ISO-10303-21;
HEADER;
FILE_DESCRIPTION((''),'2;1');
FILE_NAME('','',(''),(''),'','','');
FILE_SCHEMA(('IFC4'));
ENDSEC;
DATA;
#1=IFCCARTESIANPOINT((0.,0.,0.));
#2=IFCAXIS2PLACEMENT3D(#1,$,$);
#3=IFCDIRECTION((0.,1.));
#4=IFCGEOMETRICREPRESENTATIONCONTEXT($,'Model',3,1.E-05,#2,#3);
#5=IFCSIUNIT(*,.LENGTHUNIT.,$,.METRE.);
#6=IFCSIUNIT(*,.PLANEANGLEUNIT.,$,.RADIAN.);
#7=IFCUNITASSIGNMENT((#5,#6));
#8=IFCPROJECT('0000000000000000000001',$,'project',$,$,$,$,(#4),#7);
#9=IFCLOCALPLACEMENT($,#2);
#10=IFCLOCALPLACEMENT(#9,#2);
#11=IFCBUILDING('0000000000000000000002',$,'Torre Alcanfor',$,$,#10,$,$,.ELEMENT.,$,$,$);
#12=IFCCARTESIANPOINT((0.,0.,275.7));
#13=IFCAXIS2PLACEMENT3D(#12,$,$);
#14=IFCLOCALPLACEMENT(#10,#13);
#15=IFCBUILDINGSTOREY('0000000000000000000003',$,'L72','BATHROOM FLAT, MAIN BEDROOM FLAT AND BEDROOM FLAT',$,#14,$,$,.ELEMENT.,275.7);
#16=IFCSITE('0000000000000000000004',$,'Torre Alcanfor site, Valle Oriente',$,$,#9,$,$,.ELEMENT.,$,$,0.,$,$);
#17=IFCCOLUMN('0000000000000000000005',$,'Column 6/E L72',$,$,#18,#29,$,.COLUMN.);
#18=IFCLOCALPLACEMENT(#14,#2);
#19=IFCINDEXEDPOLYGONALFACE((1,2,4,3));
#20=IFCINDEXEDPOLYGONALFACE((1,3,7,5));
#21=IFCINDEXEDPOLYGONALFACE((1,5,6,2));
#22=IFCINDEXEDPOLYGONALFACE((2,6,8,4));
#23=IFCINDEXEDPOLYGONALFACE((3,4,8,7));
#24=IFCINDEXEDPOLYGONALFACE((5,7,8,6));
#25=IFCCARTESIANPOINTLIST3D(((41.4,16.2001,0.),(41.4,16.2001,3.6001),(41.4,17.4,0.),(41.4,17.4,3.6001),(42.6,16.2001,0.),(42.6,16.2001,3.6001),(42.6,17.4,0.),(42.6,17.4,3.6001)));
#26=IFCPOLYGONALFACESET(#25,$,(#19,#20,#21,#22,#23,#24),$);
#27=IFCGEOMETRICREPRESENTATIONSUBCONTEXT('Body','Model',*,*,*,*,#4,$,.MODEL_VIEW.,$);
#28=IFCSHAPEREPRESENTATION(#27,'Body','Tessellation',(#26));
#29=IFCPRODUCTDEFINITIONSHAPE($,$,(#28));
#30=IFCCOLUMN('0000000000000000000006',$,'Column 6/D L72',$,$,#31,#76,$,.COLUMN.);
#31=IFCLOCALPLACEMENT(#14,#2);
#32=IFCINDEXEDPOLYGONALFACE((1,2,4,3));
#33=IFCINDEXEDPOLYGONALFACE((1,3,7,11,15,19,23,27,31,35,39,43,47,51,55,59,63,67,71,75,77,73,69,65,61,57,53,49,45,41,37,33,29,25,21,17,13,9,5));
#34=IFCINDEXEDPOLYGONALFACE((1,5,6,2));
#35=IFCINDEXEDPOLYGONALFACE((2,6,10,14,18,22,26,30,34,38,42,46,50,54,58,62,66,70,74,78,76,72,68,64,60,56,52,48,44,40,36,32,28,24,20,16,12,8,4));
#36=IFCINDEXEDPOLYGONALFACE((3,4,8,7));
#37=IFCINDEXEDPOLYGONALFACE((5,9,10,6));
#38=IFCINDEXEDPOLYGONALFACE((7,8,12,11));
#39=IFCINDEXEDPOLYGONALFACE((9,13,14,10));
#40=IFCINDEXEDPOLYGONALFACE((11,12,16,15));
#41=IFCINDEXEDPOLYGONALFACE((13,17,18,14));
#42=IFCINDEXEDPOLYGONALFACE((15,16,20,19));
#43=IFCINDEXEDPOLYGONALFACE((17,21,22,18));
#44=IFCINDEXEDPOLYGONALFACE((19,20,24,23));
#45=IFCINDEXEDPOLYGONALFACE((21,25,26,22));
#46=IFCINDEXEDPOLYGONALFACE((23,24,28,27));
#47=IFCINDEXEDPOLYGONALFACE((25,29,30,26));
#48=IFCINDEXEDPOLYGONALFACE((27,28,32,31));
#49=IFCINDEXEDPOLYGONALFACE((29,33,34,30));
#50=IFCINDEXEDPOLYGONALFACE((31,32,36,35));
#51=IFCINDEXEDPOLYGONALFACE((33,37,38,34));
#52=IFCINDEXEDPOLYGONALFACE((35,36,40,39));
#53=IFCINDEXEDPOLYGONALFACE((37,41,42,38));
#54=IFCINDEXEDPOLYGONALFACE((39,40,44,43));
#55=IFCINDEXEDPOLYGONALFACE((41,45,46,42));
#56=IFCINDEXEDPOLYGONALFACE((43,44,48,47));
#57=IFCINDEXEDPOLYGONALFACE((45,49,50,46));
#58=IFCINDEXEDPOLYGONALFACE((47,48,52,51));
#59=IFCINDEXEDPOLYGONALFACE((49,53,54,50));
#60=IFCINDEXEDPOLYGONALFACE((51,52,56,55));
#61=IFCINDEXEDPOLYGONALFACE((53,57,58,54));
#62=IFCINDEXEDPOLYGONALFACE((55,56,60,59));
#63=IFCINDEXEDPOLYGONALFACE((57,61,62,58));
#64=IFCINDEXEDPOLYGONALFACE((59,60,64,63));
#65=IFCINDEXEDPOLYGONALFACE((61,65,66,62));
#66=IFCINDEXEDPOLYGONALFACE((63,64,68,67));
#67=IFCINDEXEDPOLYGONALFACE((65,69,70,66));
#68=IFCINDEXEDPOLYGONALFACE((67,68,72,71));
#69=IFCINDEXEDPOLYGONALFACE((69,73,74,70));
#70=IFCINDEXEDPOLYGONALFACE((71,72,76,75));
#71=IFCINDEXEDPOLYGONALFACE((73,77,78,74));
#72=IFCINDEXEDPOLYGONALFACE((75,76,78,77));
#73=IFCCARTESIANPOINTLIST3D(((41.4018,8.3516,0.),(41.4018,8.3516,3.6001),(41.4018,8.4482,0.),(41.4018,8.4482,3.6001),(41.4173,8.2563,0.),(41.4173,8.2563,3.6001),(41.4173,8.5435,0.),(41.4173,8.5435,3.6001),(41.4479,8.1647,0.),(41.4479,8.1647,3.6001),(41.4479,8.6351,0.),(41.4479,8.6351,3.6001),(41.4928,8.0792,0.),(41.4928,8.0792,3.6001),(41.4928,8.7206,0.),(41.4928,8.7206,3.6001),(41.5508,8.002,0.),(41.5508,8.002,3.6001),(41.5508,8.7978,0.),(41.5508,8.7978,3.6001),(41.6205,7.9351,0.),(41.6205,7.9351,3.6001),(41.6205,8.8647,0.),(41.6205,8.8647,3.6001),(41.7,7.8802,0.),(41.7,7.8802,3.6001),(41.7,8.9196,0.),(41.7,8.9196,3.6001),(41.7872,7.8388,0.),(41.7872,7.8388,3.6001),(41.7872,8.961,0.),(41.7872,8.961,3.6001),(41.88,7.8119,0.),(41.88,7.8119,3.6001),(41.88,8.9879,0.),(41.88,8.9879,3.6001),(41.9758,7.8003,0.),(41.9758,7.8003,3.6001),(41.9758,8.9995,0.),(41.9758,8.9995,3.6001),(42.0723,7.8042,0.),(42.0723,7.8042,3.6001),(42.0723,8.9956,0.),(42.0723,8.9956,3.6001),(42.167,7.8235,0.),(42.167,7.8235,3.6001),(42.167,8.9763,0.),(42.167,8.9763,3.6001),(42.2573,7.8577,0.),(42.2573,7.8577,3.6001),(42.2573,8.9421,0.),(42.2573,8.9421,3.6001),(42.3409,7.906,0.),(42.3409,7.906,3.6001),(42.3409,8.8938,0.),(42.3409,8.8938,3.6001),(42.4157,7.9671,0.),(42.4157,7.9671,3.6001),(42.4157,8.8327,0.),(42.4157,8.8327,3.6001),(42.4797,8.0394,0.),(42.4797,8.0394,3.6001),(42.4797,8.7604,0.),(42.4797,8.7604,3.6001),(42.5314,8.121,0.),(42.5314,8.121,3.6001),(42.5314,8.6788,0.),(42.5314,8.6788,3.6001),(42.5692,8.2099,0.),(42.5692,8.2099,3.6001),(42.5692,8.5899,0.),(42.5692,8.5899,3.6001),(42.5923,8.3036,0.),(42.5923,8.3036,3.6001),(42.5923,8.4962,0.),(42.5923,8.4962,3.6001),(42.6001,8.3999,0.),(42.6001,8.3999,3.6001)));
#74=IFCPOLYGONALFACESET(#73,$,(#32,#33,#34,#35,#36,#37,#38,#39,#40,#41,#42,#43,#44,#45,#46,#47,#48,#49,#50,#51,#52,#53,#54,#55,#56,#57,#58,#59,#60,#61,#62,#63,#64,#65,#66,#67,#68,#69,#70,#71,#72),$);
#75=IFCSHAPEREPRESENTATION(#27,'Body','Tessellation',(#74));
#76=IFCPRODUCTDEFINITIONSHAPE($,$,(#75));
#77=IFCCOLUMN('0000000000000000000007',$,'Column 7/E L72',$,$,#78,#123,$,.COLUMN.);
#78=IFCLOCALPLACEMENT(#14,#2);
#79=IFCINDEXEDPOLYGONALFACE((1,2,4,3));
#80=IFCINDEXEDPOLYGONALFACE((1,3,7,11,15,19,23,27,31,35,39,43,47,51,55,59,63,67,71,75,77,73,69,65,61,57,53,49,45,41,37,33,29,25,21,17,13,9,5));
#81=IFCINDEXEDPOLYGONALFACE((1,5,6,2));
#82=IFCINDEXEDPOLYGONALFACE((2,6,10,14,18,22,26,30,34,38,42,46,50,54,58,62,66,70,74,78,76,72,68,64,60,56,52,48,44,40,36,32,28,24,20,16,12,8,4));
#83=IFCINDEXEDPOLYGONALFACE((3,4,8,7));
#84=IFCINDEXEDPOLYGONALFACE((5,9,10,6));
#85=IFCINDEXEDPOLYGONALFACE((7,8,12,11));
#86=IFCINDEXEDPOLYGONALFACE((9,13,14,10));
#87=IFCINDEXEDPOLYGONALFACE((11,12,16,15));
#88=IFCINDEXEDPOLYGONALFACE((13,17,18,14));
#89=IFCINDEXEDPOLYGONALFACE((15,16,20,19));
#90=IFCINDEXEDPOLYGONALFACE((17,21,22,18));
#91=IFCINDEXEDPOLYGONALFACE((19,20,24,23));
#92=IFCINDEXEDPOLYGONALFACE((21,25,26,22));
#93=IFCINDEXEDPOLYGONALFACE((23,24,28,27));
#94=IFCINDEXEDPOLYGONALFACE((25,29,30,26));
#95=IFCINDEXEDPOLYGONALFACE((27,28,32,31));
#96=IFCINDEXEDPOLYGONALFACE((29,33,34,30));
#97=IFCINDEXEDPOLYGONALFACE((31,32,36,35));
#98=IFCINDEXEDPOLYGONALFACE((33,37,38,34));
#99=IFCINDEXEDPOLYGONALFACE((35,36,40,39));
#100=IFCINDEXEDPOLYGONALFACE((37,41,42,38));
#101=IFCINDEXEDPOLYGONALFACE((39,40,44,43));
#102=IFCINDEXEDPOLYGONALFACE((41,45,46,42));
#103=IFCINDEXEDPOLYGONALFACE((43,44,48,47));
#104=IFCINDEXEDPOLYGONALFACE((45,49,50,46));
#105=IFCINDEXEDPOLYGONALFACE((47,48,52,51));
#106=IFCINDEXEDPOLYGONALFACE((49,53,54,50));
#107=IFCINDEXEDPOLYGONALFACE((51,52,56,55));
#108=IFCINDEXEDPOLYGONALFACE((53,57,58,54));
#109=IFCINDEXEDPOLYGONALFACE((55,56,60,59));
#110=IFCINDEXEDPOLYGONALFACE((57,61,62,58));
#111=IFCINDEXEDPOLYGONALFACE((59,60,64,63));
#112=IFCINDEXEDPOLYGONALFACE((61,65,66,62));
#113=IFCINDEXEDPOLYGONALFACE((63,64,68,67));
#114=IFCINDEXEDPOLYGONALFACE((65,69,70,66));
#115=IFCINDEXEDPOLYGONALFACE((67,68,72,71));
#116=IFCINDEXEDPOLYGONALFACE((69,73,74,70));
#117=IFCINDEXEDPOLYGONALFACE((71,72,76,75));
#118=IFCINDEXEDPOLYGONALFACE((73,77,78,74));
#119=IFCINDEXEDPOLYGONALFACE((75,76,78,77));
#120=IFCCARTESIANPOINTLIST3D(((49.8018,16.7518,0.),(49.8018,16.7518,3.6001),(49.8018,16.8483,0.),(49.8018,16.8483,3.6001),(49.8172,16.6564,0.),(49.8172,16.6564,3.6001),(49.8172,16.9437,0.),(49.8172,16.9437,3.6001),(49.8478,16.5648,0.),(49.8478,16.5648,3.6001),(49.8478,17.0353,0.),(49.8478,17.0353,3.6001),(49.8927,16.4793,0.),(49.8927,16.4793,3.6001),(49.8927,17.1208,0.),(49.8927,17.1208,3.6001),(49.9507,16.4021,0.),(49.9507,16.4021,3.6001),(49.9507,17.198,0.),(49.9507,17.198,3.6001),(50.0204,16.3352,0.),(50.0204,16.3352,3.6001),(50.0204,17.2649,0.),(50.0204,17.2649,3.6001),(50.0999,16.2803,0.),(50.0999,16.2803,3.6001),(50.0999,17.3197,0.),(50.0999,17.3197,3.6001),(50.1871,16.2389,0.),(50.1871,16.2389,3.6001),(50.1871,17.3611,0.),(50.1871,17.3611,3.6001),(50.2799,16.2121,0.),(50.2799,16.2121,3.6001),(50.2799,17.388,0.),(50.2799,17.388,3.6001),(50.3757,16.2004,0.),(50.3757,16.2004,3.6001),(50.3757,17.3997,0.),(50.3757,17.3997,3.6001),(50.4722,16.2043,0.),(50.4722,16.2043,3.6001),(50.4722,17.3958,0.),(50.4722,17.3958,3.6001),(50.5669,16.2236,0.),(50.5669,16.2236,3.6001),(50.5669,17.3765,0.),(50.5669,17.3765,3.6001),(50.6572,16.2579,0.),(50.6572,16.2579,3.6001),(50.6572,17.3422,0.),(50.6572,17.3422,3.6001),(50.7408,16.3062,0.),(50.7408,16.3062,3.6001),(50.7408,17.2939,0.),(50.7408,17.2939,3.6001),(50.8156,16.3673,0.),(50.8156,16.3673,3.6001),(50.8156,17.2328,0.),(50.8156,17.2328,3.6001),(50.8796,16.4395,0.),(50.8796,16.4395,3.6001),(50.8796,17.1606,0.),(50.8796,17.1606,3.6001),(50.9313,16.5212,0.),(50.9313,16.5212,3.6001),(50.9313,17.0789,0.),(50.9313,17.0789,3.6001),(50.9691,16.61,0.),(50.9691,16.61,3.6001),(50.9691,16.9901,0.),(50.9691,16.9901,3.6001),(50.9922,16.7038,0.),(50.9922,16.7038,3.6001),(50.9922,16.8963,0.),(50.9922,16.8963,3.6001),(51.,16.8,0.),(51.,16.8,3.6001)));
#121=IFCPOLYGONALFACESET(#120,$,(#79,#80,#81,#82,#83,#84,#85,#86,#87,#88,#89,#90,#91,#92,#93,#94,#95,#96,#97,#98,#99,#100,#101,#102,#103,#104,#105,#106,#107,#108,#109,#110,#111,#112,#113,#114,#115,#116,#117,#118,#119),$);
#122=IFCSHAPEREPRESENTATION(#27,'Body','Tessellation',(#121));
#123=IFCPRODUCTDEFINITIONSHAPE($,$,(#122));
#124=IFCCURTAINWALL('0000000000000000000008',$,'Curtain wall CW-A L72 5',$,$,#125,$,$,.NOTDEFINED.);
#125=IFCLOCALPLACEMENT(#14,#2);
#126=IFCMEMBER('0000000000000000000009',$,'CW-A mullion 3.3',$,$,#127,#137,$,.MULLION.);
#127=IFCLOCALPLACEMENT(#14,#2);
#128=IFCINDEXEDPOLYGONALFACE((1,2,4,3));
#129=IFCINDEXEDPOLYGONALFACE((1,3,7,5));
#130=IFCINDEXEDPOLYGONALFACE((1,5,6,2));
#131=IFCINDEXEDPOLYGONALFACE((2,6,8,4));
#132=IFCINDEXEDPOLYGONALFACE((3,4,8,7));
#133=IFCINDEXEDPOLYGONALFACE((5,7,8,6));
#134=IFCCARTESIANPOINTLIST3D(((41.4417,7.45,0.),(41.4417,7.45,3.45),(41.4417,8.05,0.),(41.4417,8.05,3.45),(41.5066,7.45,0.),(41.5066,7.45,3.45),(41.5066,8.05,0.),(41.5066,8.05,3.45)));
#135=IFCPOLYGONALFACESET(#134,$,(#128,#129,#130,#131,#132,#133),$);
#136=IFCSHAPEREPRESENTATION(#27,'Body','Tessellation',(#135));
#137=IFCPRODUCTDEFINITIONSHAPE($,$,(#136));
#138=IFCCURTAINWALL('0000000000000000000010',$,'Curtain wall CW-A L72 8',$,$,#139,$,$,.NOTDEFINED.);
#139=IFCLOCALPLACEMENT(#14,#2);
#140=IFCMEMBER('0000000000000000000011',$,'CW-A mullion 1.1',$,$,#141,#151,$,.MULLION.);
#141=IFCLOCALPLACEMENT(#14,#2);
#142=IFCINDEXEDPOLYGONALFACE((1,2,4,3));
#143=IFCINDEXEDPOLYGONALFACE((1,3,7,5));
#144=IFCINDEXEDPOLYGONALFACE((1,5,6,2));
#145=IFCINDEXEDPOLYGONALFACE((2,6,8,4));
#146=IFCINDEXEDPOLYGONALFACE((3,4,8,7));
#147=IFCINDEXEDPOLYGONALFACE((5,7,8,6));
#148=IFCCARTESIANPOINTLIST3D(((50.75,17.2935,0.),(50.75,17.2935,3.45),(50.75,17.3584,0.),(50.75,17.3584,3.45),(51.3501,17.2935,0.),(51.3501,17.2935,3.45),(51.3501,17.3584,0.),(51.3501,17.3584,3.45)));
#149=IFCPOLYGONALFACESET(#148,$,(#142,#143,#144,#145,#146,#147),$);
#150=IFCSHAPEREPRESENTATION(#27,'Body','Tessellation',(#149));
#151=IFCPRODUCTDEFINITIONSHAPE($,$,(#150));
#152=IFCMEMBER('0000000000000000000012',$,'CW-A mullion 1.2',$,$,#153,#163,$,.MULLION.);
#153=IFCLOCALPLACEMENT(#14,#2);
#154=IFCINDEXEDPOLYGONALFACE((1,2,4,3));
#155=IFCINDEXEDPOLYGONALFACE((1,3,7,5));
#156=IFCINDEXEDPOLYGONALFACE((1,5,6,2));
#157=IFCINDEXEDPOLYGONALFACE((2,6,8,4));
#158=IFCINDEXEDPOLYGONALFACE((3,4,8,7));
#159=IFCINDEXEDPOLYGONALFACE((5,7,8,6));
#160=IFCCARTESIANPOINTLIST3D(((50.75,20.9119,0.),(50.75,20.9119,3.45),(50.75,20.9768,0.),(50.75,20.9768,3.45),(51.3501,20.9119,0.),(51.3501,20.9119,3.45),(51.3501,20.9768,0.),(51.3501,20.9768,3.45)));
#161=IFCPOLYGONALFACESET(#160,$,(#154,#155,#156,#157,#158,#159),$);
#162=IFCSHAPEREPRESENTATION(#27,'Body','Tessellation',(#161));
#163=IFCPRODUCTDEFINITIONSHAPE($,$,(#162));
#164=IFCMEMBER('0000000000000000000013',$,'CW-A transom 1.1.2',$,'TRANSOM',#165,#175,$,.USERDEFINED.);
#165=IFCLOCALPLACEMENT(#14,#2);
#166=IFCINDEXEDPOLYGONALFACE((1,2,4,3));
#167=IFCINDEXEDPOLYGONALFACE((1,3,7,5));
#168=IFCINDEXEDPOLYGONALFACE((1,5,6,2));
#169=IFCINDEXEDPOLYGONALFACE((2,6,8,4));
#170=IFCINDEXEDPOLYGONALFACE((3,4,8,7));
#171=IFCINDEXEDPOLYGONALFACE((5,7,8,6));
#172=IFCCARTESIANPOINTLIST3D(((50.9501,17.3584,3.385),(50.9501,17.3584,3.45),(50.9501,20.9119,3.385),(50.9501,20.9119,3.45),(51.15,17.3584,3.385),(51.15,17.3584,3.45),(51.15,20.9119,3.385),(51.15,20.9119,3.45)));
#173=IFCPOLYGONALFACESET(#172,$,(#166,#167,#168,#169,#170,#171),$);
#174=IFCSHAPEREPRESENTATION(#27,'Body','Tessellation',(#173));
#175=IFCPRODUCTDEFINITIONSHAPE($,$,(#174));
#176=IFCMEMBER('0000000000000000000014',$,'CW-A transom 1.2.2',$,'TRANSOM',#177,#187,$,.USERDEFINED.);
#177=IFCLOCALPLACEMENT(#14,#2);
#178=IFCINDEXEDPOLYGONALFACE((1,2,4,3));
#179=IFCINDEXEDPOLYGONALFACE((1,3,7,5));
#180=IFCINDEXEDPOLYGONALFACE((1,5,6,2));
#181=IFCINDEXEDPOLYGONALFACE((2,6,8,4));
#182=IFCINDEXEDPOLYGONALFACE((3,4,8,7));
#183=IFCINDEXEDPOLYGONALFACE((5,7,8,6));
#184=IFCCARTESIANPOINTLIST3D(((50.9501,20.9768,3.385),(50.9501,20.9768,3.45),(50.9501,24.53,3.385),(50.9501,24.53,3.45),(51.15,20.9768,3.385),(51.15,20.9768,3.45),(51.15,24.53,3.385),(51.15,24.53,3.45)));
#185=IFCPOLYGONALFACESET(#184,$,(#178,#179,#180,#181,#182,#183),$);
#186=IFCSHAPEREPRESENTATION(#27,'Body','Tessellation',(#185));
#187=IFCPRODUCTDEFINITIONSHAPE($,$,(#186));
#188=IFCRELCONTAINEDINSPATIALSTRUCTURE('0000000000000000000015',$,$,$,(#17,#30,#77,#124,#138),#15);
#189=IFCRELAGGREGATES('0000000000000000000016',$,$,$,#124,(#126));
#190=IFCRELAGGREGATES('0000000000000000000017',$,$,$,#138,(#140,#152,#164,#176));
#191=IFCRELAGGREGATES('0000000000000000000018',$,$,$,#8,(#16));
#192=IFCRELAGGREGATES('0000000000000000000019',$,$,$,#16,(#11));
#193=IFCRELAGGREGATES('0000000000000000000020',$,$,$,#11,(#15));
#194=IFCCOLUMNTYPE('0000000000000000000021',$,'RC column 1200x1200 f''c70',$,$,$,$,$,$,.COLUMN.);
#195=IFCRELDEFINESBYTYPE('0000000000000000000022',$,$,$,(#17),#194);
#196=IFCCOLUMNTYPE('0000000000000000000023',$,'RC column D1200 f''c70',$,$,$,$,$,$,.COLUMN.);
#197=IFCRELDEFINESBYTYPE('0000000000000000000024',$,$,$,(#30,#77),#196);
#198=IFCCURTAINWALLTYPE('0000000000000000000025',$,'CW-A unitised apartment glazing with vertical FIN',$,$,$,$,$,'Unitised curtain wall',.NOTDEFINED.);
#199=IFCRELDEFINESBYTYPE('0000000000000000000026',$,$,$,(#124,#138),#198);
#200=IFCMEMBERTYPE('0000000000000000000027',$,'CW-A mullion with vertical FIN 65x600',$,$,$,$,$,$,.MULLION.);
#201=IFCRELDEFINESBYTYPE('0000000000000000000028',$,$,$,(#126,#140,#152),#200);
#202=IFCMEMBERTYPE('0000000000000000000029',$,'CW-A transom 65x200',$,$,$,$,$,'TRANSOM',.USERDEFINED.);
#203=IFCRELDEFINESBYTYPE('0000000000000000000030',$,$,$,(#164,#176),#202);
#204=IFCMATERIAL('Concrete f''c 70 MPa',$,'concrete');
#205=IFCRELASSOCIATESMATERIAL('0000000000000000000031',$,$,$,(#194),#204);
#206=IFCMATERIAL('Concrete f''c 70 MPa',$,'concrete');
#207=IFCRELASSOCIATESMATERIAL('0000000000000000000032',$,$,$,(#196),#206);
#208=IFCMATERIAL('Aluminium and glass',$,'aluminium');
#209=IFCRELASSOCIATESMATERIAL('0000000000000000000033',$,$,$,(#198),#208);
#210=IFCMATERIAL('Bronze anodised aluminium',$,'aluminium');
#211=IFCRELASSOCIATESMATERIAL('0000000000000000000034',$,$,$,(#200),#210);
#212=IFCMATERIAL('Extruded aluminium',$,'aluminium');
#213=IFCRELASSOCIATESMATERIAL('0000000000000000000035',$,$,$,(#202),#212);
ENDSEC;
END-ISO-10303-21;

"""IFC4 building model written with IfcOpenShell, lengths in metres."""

from ifc_helpers import new_model, si_unit, direction, frame, origin, origin_2d, place, context, subcontext, project, spatial, rectangle, circle, extrude, material, material_profile, profile_set, type_object, element, aggregate, save


model = new_model("IFC4")

# Units and contexts
model_context = context("Model", 3, precision=1e-05, world=origin(), true_north=direction((0.0, 1.0)))
body_context = subcontext(model_context, "Body", "Model", "MODEL_VIEW")
ifc_project = project(units=[si_unit("LENGTHUNIT", "METRE"), si_unit("PLANEANGLEUNIT", "RADIAN")], contexts=[model_context])

# Site, building, storey
site_placement = place(None, origin())
site = spatial("IfcSite", under=ifc_project, at=site_placement, Name="Torre Alcanfor site, Valle Oriente", CompositionType="ELEMENT", RefElevation=0.0)
building_placement = place(site_placement, origin())
building = spatial("IfcBuilding", under=site, at=building_placement, Name="Torre Alcanfor", CompositionType="ELEMENT")
storey_placement = place(building_placement, frame((0.0, 0.0, 275.7)))
storey = spatial("IfcBuildingStorey", under=building, at=storey_placement, Name="L72", Description="BATHROOM FLAT, MAIN BEDROOM FLAT AND BEDROOM FLAT", CompositionType="ELEMENT", Elevation=275.7)

# Columns
ifc_material_1 = material(Name="Concrete f'c 70 MPa", Category="concrete")
ifc_material_profile_1 = material_profile(ifc_material_1, rectangle(XDim=1.2, YDim=1.2, at=origin_2d()), Name="1200x1200")
ifc_profile_set_1 = profile_set([ifc_material_profile_1], Name="Concrete f'c 70 MPa")
column_type_1 = type_object("IfcColumnType", Name="RC column 1200x1200 f'c70", PredefinedType="COLUMN", material=ifc_profile_set_1)
column_placement = place(storey_placement, frame((42.0, 16.8, 0.0), z_axis=(0.0, 0.0, 1.0), x_axis=(1.0, 0.0, 0.0)))
element("IfcColumn", 1, at=column_placement, inside=storey, type_object=column_type_1, Name="Column 6/E L72", PredefinedType="COLUMN", context=body_context, shape_type="SweptSolid", body=[
    extrude(rectangle(XDim=1.2, YDim=1.2, at=origin_2d()), origin(), (0.0, 0.0, 1.0), 3.6001),
])
ifc_material_2 = material(Name="Concrete f'c 70 MPa", Category="concrete")
ifc_material_profile_2 = material_profile(ifc_material_2, circle(Radius=0.6001, at=origin_2d()), Name="D1200")
ifc_profile_set_2 = profile_set([ifc_material_profile_2], Name="Concrete f'c 70 MPa")
column_type_2 = type_object("IfcColumnType", Name="RC column D1200 f'c70", PredefinedType="COLUMN", material=ifc_profile_set_2)
for number, where, z_axis, x_axis, name in (
    (2, (42.0, 8.3999, 0.0), (0.0, 0.0, 1.0), (1.0, 0.0, 0.0), "Column 6/D L72"),
    (3, (50.3999, 16.8, 0.0), (0.0, 0.0, 1.0), (1.0, 0.0, 0.0), "Column 7/E L72"),
):
    element("IfcColumn", number, at=place(storey_placement, frame(where, z_axis=z_axis, x_axis=x_axis)), inside=storey, type_object=column_type_2, Name=name, PredefinedType="COLUMN", context=body_context, shape_type="SweptSolid", body=[
        extrude(circle(Radius=0.6001, at=origin_2d()), origin(), (0.0, 0.0, 1.0), 3.6001),
    ])

# Curtain wall, member
ifc_material_3 = material(Name="Aluminium and glass", Category="aluminium")
curtain_wall_type = type_object("IfcCurtainWallType", Name="CW-A unitised apartment glazing with vertical FIN", ElementType="Unitised curtain wall", PredefinedType="NOTDEFINED", material=ifc_material_3)
curtain_wall_1_placement = place(storey_placement, origin())
curtain_wall_1 = element("IfcCurtainWall", 4, at=curtain_wall_1_placement, inside=storey, type_object=curtain_wall_type, Name="Curtain wall CW-A L72 5", PredefinedType="NOTDEFINED")
ifc_material_4 = material(Name="Bronze anodised aluminium", Category="aluminium")
ifc_material_profile_3 = material_profile(ifc_material_4, rectangle(XDim=0.6001, YDim=0.0649, at=origin_2d()), Name="CW-A mullion 65x600")
ifc_profile_set_3 = profile_set([ifc_material_profile_3], Name="Bronze anodised aluminium")
member_type_1 = type_object("IfcMemberType", Name="CW-A mullion with vertical FIN 65x600", PredefinedType="MULLION", material=ifc_profile_set_3)
member_1_placement = place(storey_placement, frame((41.4741, 7.75, 0.0), z_axis=(0.0, 0.0, 1.0), x_axis=(0.0, 1.0, 0.0)))
member_1 = element("IfcMember", 5, at=member_1_placement, type_object=member_type_1, Name="CW-A mullion 3.3", PredefinedType="MULLION", context=body_context, shape_type="SweptSolid", body=[
    extrude(rectangle(XDim=0.6001, YDim=0.0649, at=origin_2d()), origin(), (0.0, 0.0, 1.0), 3.45),
])

# Curtain wall, members
curtain_wall_2_placement = place(storey_placement, origin())
curtain_wall_2 = element("IfcCurtainWall", 6, at=curtain_wall_2_placement, inside=storey, type_object=curtain_wall_type, Name="Curtain wall CW-A L72 8", PredefinedType="NOTDEFINED")
member_2_placement = place(storey_placement, frame((51.05, 17.3259, 0.0), z_axis=(0.0, 0.0, 1.0), x_axis=(-1.0, 0.0, 0.0)))
member_2 = element("IfcMember", 7, at=member_2_placement, type_object=member_type_1, Name="CW-A mullion 1.1", PredefinedType="MULLION", context=body_context, shape_type="SweptSolid", body=[
    extrude(rectangle(XDim=0.6001, YDim=0.0649, at=origin_2d()), origin(), (0.0, 0.0, 1.0), 3.45),
])
member_3_placement = place(storey_placement, frame((51.05, 20.9443, 0.0), z_axis=(0.0, 0.0, 1.0), x_axis=(-1.0, 0.0, 0.0)))
member_3 = element("IfcMember", 8, at=member_3_placement, type_object=member_type_1, Name="CW-A mullion 1.2", PredefinedType="MULLION", context=body_context, shape_type="SweptSolid", body=[
    extrude(rectangle(XDim=0.6001, YDim=0.0649, at=origin_2d()), origin(), (0.0, 0.0, 1.0), 3.45),
])
ifc_material_5 = material(Name="Extruded aluminium", Category="aluminium")
ifc_material_profile_4 = material_profile(ifc_material_5, rectangle(XDim=0.2, YDim=0.0649, at=origin_2d()), Name="CW-A transom 200x65")
ifc_profile_set_4 = profile_set([ifc_material_profile_4], Name="Extruded aluminium")
member_type_2 = type_object("IfcMemberType", Name="CW-A transom 65x200", ElementType="TRANSOM", PredefinedType="USERDEFINED", material=ifc_profile_set_4)
member_4_placement = place(storey_placement, frame((51.05, 17.3584, 3.4175), z_axis=(0.0, 1.0, 0.0), x_axis=(-1.0, 0.0, 0.0)))
member_4 = element("IfcMember", 9, at=member_4_placement, type_object=member_type_2, Name="CW-A transom 1.1.2", ObjectType="TRANSOM", PredefinedType="USERDEFINED", context=body_context, shape_type="SweptSolid", body=[
    extrude(rectangle(XDim=0.2, YDim=0.0649, at=origin_2d()), origin(), (0.0, 0.0, 1.0), 3.5535),
])
member_5_placement = place(storey_placement, frame((51.05, 20.9768, 3.4175), z_axis=(0.0, 1.0, 0.0), x_axis=(-1.0, 0.0, 0.0)))
member_5 = element("IfcMember", 10, at=member_5_placement, type_object=member_type_2, Name="CW-A transom 1.2.2", ObjectType="TRANSOM", PredefinedType="USERDEFINED", context=body_context, shape_type="SweptSolid", body=[
    extrude(rectangle(XDim=0.2, YDim=0.0649, at=origin_2d()), origin(), (0.0, 0.0, 1.0), 3.5532),
])

aggregate(curtain_wall_1, [member_1])
aggregate(curtain_wall_2, [member_2, member_3, member_4, member_5])

save(model, "model.ifc")
